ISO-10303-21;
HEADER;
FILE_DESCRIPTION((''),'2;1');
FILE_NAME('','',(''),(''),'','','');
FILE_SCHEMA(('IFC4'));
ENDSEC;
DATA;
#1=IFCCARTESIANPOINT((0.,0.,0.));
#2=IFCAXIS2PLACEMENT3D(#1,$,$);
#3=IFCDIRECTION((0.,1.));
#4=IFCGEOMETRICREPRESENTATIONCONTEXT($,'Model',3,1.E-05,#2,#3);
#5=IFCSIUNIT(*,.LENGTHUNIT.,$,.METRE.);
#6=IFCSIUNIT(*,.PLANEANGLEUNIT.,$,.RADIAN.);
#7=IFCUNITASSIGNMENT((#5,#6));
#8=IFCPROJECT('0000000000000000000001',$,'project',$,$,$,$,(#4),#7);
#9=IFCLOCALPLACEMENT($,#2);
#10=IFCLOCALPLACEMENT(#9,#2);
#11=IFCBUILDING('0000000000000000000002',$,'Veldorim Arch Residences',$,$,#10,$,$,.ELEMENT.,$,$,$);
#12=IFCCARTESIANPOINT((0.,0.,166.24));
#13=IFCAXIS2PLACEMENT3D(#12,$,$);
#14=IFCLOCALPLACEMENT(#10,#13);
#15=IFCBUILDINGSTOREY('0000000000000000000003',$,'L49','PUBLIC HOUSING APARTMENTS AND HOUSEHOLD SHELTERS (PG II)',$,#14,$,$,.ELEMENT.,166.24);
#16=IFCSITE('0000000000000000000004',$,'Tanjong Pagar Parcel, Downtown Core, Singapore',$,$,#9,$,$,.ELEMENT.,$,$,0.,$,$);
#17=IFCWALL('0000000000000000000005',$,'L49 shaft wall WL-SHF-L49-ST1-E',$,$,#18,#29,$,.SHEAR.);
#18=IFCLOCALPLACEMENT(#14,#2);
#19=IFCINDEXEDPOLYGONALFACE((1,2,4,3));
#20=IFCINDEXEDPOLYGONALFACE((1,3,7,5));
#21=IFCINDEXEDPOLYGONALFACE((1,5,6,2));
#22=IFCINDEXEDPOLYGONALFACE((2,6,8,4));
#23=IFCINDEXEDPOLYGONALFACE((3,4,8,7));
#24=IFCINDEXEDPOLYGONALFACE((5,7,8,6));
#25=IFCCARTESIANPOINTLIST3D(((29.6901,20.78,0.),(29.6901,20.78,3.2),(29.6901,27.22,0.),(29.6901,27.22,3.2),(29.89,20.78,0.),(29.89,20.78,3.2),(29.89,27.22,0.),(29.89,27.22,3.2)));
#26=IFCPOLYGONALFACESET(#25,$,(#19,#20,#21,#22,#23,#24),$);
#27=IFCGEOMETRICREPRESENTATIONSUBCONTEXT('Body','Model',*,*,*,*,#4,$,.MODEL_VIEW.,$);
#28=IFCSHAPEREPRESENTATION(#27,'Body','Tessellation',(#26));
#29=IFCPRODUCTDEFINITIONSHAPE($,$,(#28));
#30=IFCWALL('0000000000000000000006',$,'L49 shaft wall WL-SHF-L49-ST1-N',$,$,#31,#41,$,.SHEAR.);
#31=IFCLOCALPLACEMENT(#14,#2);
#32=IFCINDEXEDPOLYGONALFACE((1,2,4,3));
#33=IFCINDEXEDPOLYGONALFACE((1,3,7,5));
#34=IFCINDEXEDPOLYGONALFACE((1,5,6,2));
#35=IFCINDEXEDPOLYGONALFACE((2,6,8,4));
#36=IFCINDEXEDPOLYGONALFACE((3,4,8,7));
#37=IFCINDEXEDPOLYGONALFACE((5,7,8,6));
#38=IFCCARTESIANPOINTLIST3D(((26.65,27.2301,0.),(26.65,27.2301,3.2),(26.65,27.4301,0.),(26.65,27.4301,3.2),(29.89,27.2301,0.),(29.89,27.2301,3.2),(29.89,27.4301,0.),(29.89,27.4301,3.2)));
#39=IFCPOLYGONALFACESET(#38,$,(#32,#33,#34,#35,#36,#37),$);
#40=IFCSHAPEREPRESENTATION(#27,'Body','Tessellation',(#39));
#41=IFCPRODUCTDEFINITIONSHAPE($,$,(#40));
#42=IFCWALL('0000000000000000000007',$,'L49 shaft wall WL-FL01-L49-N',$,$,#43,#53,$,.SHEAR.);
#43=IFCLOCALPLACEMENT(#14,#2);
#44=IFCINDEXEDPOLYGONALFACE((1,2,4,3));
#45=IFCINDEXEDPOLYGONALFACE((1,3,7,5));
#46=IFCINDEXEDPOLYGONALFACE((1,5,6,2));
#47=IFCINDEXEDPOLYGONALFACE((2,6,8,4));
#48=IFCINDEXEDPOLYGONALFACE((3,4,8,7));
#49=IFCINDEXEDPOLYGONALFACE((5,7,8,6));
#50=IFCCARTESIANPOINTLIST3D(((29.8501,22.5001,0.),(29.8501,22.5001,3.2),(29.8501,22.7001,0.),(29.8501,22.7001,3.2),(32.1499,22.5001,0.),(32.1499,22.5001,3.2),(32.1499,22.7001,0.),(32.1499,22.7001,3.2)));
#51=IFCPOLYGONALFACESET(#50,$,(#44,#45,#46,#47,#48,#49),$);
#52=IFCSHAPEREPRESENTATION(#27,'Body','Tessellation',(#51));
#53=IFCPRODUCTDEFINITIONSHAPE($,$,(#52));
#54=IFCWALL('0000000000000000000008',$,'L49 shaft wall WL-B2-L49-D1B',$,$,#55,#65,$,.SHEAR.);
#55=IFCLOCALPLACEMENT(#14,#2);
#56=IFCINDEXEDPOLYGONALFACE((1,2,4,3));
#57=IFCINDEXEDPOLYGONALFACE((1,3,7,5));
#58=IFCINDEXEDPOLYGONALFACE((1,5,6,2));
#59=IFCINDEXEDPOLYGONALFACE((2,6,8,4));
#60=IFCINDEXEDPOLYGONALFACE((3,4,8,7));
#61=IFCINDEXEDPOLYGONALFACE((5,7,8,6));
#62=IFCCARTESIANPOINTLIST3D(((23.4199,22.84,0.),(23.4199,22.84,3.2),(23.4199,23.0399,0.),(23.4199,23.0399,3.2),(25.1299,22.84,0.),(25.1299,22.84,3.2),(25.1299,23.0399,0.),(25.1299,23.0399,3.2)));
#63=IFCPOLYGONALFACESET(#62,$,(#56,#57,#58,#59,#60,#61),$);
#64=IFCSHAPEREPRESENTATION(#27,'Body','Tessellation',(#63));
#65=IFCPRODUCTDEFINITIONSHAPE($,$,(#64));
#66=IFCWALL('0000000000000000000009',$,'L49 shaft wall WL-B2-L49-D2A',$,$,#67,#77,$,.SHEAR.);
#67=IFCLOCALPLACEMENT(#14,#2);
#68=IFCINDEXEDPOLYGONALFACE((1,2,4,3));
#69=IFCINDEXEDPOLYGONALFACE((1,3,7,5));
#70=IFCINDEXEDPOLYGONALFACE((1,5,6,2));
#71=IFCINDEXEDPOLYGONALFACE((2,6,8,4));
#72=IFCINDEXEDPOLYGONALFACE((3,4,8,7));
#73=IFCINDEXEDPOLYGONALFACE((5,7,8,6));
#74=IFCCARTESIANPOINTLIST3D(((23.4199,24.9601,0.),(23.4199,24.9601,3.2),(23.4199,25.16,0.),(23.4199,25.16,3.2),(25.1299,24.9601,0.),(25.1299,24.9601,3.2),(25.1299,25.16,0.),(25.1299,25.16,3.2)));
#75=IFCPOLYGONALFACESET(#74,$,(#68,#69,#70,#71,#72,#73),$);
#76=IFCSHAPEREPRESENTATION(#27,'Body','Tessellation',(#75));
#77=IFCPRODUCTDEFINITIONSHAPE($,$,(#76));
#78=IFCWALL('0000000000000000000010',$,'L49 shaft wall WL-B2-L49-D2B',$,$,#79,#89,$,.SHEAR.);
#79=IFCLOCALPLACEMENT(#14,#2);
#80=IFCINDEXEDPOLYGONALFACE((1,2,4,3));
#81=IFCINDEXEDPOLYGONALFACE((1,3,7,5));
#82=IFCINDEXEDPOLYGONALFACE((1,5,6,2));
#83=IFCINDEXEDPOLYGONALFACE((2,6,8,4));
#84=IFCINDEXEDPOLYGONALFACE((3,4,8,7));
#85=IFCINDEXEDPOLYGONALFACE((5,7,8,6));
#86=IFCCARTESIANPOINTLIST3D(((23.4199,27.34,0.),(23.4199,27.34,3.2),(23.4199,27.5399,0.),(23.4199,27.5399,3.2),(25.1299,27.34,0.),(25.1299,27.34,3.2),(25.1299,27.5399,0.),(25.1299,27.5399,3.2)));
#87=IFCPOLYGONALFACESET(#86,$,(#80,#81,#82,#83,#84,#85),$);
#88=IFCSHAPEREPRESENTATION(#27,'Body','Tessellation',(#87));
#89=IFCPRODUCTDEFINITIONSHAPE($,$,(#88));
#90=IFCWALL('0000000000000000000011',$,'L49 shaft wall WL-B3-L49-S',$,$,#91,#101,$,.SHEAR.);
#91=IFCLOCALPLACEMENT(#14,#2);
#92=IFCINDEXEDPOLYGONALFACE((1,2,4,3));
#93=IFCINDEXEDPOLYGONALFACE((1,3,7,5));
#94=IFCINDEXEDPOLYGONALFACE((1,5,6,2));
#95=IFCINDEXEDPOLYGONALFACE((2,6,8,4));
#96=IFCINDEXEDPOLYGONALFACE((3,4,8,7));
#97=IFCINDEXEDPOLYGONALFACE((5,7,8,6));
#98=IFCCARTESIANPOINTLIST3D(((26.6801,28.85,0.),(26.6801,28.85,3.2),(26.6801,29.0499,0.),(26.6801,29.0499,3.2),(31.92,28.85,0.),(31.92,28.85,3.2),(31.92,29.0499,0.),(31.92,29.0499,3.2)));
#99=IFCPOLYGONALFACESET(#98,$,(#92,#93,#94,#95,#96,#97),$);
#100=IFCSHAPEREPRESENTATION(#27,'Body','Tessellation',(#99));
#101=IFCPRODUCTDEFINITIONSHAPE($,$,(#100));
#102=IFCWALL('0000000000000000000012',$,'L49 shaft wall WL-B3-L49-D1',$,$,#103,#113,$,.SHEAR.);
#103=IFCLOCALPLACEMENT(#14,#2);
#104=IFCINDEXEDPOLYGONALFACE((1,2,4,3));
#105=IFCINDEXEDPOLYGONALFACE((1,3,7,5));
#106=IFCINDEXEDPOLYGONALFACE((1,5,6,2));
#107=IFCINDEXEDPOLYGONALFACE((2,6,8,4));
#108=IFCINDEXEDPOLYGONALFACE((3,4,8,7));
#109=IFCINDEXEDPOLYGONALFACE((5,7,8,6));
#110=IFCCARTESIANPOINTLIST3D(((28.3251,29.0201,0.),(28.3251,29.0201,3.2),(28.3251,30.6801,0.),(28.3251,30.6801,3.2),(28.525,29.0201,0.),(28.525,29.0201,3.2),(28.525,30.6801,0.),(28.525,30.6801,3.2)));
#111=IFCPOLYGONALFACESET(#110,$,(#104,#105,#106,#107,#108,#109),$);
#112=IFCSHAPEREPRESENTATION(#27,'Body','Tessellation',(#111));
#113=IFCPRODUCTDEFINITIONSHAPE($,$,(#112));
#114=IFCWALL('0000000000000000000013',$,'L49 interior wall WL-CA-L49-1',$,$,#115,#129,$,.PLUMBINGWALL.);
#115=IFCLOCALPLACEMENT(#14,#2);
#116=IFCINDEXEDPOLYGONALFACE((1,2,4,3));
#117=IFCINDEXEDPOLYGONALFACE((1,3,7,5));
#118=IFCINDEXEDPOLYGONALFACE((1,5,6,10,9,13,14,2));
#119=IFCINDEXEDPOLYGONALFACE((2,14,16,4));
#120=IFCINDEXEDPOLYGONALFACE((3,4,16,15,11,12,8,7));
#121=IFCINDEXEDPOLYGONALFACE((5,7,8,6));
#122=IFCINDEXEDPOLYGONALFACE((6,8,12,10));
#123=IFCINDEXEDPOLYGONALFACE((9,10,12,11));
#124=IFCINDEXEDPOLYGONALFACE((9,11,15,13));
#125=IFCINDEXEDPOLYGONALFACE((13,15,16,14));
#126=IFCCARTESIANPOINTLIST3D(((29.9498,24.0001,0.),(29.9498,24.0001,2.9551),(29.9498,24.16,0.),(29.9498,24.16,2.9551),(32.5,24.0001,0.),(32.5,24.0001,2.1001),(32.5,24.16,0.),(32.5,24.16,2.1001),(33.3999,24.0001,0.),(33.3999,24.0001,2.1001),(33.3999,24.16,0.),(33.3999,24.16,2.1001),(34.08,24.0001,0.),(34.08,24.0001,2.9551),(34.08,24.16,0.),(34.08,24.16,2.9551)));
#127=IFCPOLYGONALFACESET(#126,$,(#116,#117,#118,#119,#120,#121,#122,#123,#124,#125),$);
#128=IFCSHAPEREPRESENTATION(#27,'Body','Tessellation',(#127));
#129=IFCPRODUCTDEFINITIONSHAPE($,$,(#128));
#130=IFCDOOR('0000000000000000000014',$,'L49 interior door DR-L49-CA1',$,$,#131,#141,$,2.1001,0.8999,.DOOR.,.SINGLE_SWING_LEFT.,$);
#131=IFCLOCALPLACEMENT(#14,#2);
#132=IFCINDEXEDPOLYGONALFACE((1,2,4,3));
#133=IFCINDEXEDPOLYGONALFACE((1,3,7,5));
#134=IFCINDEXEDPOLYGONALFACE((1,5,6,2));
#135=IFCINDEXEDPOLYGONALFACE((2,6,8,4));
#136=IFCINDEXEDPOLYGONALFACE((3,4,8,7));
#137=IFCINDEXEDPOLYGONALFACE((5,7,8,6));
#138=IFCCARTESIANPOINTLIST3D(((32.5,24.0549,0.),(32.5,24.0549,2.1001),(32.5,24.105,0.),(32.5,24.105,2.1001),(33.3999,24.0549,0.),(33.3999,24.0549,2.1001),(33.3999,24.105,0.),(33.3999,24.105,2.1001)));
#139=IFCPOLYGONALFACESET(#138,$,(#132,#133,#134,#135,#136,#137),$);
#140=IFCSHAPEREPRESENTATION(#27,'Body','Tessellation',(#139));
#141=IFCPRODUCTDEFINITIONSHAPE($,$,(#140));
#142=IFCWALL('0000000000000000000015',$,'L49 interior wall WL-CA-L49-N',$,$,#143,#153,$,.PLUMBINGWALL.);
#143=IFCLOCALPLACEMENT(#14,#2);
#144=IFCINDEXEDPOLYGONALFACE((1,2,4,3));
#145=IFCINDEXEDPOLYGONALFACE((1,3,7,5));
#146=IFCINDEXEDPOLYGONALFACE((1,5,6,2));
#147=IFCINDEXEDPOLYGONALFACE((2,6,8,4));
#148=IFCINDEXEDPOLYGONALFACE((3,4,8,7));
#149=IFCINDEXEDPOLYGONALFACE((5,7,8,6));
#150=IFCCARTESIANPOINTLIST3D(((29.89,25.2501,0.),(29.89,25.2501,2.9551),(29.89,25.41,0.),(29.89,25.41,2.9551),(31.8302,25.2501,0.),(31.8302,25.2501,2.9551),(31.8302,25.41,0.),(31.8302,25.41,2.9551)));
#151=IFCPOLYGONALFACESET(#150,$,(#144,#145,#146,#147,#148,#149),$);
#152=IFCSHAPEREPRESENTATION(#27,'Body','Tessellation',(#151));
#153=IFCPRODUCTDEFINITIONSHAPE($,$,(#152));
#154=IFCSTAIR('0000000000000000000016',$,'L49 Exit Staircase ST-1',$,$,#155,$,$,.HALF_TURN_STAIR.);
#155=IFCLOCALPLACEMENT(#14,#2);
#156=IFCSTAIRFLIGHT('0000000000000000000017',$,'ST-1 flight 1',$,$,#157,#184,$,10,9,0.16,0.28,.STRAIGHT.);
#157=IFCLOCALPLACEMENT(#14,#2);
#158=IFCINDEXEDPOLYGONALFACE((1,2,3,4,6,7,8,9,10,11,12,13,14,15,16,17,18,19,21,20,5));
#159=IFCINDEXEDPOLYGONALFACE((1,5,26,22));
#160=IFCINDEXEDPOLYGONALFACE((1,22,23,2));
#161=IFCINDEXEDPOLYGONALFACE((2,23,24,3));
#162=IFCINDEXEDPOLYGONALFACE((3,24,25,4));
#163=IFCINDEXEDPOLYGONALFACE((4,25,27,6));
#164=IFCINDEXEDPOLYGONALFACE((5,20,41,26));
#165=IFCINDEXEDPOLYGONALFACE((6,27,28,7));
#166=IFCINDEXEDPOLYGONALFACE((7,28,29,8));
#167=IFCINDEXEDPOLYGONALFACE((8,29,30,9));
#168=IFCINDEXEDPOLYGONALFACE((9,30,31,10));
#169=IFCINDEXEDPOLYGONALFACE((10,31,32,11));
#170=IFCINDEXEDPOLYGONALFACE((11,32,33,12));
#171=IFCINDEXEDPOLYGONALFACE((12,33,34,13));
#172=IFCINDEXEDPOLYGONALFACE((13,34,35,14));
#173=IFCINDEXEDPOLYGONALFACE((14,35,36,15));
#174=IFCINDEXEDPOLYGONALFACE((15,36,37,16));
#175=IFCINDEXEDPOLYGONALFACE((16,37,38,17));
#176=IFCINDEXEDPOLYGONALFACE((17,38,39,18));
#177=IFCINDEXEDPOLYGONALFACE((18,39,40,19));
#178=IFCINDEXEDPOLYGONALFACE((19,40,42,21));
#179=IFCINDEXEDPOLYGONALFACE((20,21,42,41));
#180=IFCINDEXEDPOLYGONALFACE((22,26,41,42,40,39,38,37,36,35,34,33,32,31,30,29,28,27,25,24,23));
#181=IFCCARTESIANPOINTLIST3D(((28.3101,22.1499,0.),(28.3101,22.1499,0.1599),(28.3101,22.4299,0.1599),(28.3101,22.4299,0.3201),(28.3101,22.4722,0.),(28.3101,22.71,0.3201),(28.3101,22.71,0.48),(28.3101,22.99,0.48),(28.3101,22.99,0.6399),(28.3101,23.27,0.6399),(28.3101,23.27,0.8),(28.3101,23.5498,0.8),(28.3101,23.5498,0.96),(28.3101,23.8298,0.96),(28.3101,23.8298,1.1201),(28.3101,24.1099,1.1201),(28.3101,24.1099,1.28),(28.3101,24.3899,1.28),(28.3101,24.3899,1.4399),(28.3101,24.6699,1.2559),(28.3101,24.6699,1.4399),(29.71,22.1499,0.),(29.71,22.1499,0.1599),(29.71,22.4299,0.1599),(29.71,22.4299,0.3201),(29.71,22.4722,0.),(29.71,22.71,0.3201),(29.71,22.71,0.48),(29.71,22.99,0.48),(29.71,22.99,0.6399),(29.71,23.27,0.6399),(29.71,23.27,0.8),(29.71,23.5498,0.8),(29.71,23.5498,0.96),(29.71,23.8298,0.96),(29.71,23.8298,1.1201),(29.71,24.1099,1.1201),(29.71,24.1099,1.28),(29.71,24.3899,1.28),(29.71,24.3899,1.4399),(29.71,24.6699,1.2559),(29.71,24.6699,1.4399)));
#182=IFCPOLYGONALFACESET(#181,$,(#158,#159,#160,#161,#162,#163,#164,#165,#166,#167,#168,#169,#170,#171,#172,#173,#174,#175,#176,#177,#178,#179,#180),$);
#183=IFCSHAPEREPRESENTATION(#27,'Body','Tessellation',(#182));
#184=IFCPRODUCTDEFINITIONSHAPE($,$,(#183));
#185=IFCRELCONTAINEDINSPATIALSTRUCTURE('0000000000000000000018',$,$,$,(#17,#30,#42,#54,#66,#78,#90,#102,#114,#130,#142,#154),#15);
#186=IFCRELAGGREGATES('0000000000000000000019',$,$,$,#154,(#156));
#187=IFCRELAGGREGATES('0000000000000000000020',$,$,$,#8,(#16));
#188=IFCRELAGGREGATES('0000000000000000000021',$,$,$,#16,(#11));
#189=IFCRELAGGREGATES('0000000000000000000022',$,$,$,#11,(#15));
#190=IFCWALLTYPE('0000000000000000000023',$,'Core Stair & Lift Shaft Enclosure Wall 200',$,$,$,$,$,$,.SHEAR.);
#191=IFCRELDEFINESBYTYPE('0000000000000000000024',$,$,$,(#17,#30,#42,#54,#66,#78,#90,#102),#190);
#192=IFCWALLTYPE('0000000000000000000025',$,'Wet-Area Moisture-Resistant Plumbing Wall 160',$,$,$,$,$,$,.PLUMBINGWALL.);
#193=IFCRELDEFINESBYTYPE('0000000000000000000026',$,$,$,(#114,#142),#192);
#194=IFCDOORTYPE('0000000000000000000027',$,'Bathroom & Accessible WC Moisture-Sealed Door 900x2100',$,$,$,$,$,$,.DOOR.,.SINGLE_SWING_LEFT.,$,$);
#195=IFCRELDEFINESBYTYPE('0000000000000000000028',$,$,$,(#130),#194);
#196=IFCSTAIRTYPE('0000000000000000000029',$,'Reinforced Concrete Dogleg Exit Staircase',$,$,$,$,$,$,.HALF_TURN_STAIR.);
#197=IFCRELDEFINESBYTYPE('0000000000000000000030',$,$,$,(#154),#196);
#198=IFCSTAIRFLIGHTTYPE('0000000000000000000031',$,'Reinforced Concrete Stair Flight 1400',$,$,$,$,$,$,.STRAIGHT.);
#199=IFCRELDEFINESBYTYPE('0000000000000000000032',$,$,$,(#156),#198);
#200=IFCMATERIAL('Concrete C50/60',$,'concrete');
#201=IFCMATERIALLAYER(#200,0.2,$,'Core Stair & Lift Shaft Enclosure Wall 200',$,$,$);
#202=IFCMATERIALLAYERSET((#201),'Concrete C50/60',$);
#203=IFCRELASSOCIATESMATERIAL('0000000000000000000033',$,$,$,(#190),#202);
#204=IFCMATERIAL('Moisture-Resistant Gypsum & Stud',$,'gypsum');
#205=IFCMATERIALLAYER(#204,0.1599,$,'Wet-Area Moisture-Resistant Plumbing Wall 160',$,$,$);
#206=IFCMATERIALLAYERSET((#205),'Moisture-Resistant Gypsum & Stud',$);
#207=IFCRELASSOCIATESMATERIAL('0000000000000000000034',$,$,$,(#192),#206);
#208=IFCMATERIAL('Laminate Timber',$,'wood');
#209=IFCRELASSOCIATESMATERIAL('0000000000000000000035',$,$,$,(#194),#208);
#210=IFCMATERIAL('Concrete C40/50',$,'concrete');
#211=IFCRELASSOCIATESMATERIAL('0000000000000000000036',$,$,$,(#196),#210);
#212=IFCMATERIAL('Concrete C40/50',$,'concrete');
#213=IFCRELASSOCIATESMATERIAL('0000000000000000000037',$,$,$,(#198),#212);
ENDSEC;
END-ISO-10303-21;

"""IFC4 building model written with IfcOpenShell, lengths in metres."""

from ifc_helpers import new_model, si_unit, direction, frame, frame_2d, origin, place, context, subcontext, project, spatial, polyline, rectangle, outline, extrude, material, layer, layer_set, type_object, element, fill, aggregate, save


model = new_model("IFC4")

# Units and contexts
model_context = context("Model", 3, precision=1e-05, world=origin(), true_north=direction((0.0, 1.0)))
body_context = subcontext(model_context, "Body", "Model", "MODEL_VIEW")
ifc_project = project(units=[si_unit("LENGTHUNIT", "METRE"), si_unit("PLANEANGLEUNIT", "RADIAN")], contexts=[model_context])

# Site, building, storey
site_placement = place(None, origin())
site = spatial("IfcSite", under=ifc_project, at=site_placement, Name="Tanjong Pagar Parcel, Downtown Core, Singapore", CompositionType="ELEMENT", RefElevation=0.0)
building_placement = place(site_placement, origin())
building = spatial("IfcBuilding", under=site, at=building_placement, Name="Veldorim Arch Residences", CompositionType="ELEMENT")
storey_placement = place(building_placement, frame((0.0, 0.0, 166.24)))
storey = spatial("IfcBuildingStorey", under=building, at=storey_placement, Name="L49", Description="PUBLIC HOUSING APARTMENTS AND HOUSEHOLD SHELTERS (PG II)", CompositionType="ELEMENT", Elevation=166.24)

# Walls
ifc_material_1 = material(Name="Concrete C50/60", Category="concrete")
ifc_layer_1 = layer(ifc_material_1, 0.2, Name="Core Stair & Lift Shaft Enclosure Wall 200")
ifc_layer_set_1 = layer_set([ifc_layer_1], Name="Concrete C50/60")
wall_type_1 = type_object("IfcWallType", Name="Core Stair & Lift Shaft Enclosure Wall 200", PredefinedType="SHEAR", material=ifc_layer_set_1)
wall_1_placement = place(storey_placement, frame((29.79, 20.78, 0.0), z_axis=(0.0, 0.0, 1.0), x_axis=(0.0, 1.0, 0.0)))
element("IfcWall", 1, at=wall_1_placement, inside=storey, type_object=wall_type_1, Name="L49 shaft wall WL-SHF-L49-ST1-E", PredefinedType="SHEAR", context=body_context, shape_type="SweptSolid", body=[
    extrude(rectangle(XDim=6.4399, YDim=0.2, at=frame_2d((3.22, 0.0))), origin(), (0.0, 0.0, 1.0), 3.2),
])
wall_2_placement = place(storey_placement, frame((26.6499, 27.3301, 0.0), z_axis=(0.0, 0.0, 1.0), x_axis=(1.0, 0.0, 0.0)))
element("IfcWall", 2, at=wall_2_placement, inside=storey, type_object=wall_type_1, Name="L49 shaft wall WL-SHF-L49-ST1-N", PredefinedType="SHEAR", context=body_context, shape_type="SweptSolid", body=[
    extrude(rectangle(XDim=3.24, YDim=0.2, at=frame_2d((1.6201, 0.0))), origin(), (0.0, 0.0, 1.0), 3.2),
])

# Walls
wall_3_placement = place(storey_placement, frame((29.8501, 22.6001, 0.0), z_axis=(0.0, 0.0, 1.0), x_axis=(1.0, 0.0, 0.0)))
element("IfcWall", 3, at=wall_3_placement, inside=storey, type_object=wall_type_1, Name="L49 shaft wall WL-FL01-L49-N", PredefinedType="SHEAR", context=body_context, shape_type="SweptSolid", body=[
    extrude(rectangle(XDim=2.2998, YDim=0.2, at=frame_2d((1.1499, 0.0))), origin(), (0.0, 0.0, 1.0), 3.2),
])
for number, where, z_axis, x_axis, name in (
    (4, (23.4199, 22.9399, 0.0), (0.0, 0.0, 1.0), (1.0, 0.0, 0.0), "L49 shaft wall WL-B2-L49-D1B"),
    (5, (23.4199, 25.0601, 0.0), (0.0, 0.0, 1.0), (1.0, 0.0, 0.0), "L49 shaft wall WL-B2-L49-D2A"),
    (6, (23.4199, 27.4399, 0.0), (0.0, 0.0, 1.0), (1.0, 0.0, 0.0), "L49 shaft wall WL-B2-L49-D2B"),
):
    element("IfcWall", number, at=place(storey_placement, frame(where, z_axis=z_axis, x_axis=x_axis)), inside=storey, type_object=wall_type_1, Name=name, PredefinedType="SHEAR", context=body_context, shape_type="SweptSolid", body=[
        extrude(rectangle(XDim=1.71, YDim=0.2, at=frame_2d((0.855, 0.0))), origin(), (0.0, 0.0, 1.0), 3.2),
    ])
wall_4_placement = place(storey_placement, frame((26.6799, 28.95, 0.0), z_axis=(0.0, 0.0, 1.0), x_axis=(1.0, 0.0, 0.0)))
element("IfcWall", 7, at=wall_4_placement, inside=storey, type_object=wall_type_1, Name="L49 shaft wall WL-B3-L49-S", PredefinedType="SHEAR", context=body_context, shape_type="SweptSolid", body=[
    extrude(rectangle(XDim=5.24, YDim=0.2, at=frame_2d((2.6201, 0.0))), origin(), (0.0, 0.0, 1.0), 3.2),
])
wall_5_placement = place(storey_placement, frame((28.425, 29.02, 0.0), z_axis=(0.0, 0.0, 1.0), x_axis=(0.0, 1.0, 0.0)))
element("IfcWall", 8, at=wall_5_placement, inside=storey, type_object=wall_type_1, Name="L49 shaft wall WL-B3-L49-D1", PredefinedType="SHEAR", context=body_context, shape_type="SweptSolid", body=[
    extrude(rectangle(XDim=1.6599, YDim=0.2, at=frame_2d((0.8301, 0.0))), origin(), (0.0, 0.0, 1.0), 3.2),
])

# Wall, opening, door
ifc_material_2 = material(Name="Moisture-Resistant Gypsum & Stud", Category="gypsum")
ifc_layer_2 = layer(ifc_material_2, 0.1599, Name="Wet-Area Moisture-Resistant Plumbing Wall 160")
ifc_layer_set_2 = layer_set([ifc_layer_2], Name="Moisture-Resistant Gypsum & Stud")
wall_type_2 = type_object("IfcWallType", Name="Wet-Area Moisture-Resistant Plumbing Wall 160", PredefinedType="PLUMBINGWALL", material=ifc_layer_set_2)
wall_6_placement = place(storey_placement, frame((29.95, 24.0801, 0.0), z_axis=(0.0, 0.0, 1.0), x_axis=(1.0, 0.0, 0.0)))
wall_6 = element("IfcWall", 9, at=wall_6_placement, inside=storey, type_object=wall_type_2, Name="L49 interior wall WL-CA-L49-1", PredefinedType="PLUMBINGWALL", context=body_context, shape_type="SweptSolid", body=[
    extrude(rectangle(XDim=4.1301, YDim=0.1599, at=frame_2d((2.0649, 0.0))), origin(), (0.0, 0.0, 1.0), 2.9551),
])
opening_1_placement = place(wall_6_placement, frame((2.55, 0.0, 0.0)))
opening_1 = element("IfcOpeningElement", 10, at=opening_1_placement, cuts=wall_6, PredefinedType="OPENING", context=body_context, shape_type="SweptSolid", body=[
    extrude(rectangle(XDim=0.8999, YDim=2.1001, at=frame_2d((0.45, 1.05))), frame((0.0, 0.0898, 0.0), z_axis=(0.0, -1.0, 0.0), x_axis=(1.0, 0.0, 0.0)), (0.0, 0.0, 1.0), 0.1799),
])
ifc_material_3 = material(Name="Laminate Timber", Category="wood")
door_type_1 = type_object("IfcDoorType", Name="Bathroom & Accessible WC Moisture-Sealed Door 900x2100", OperationType="SINGLE_SWING_LEFT", PredefinedType="DOOR", material=ifc_material_3)
door_1_placement = place(opening_1_placement, origin())
door_1 = element("IfcDoor", 11, at=door_1_placement, inside=storey, type_object=door_type_1, Name="L49 interior door DR-L49-CA1", OperationType="SINGLE_SWING_LEFT", OverallHeight=2.1001, OverallWidth=0.8999, PredefinedType="DOOR", context=body_context, shape_type="SweptSolid", body=[
    extrude(rectangle(XDim=0.8999, YDim=2.1001, at=frame_2d((0.45, 1.05))), frame((0.0, 0.0249, 0.0), z_axis=(0.0, -1.0, 0.0), x_axis=(1.0, 0.0, 0.0)), (0.0, 0.0, 1.0), 0.05),
])
fill(opening_1, door_1)

# Wall
wall_7_placement = place(storey_placement, frame((29.8899, 25.3301, 0.0), z_axis=(0.0, 0.0, 1.0), x_axis=(1.0, 0.0, 0.0)))
element("IfcWall", 12, at=wall_7_placement, inside=storey, type_object=wall_type_2, Name="L49 interior wall WL-CA-L49-N", PredefinedType="PLUMBINGWALL", context=body_context, shape_type="SweptSolid", body=[
    extrude(rectangle(XDim=1.9402, YDim=0.1599, at=frame_2d((0.9702, 0.0))), origin(), (0.0, 0.0, 1.0), 2.9551),
])

# Stair, stair flight
ifc_material_4 = material(Name="Concrete C40/50", Category="concrete")
stair_type = type_object("IfcStairType", Name="Reinforced Concrete Dogleg Exit Staircase", PredefinedType="HALF_TURN_STAIR", material=ifc_material_4)
stair_placement = place(storey_placement, origin())
stair = element("IfcStair", 13, at=stair_placement, inside=storey, type_object=stair_type, Name="L49 Exit Staircase ST-1", PredefinedType="HALF_TURN_STAIR")
ifc_material_5 = material(Name="Concrete C40/50", Category="concrete")
stair_flight_type = type_object("IfcStairFlightType", Name="Reinforced Concrete Stair Flight 1400", PredefinedType="STRAIGHT", material=ifc_material_5)
stair_flight_1_placement = place(storey_placement, frame((29.01, 22.1499, 0.0), z_axis=(0.0, 0.0, 1.0), x_axis=(0.0, 1.0, 0.0)))
stair_flight_1 = element("IfcStairFlight", 14, at=stair_flight_1_placement, type_object=stair_flight_type, Name="ST-1 flight 1", NumberOfRisers=10, NumberOfTreads=9, PredefinedType="STRAIGHT", RiserHeight=0.16, TreadLength=0.28, context=body_context, shape_type="SweptSolid", body=[
    extrude(outline(polyline([(0.0, 0.0), (0.0, 0.1599), (0.28, 0.1599), (0.28, 0.3201), (0.5601, 0.3201), (0.5601, 0.48), (0.8401, 0.48), (0.8401, 0.6399), (1.1201, 0.6399), (1.1201, 0.8), (1.3999, 0.8), (1.3999, 0.96), (1.6799, 0.96), (1.6799, 1.1201), (1.96, 1.1201), (1.96, 1.28), (2.24, 1.28), (2.24, 1.4399), (2.52, 1.4399), (2.52, 1.6001), (2.52, 1.2559), (0.3223, 0.0), (0.0, 0.0)])), frame((0.0, 0.7, 0.0), z_axis=(0.0, -1.0, 0.0), x_axis=(1.0, 0.0, 0.0)), (0.0, 0.0, 1.0), 1.3999),
])
aggregate(stair, [stair_flight_1])

save(model, "model.ifc")
